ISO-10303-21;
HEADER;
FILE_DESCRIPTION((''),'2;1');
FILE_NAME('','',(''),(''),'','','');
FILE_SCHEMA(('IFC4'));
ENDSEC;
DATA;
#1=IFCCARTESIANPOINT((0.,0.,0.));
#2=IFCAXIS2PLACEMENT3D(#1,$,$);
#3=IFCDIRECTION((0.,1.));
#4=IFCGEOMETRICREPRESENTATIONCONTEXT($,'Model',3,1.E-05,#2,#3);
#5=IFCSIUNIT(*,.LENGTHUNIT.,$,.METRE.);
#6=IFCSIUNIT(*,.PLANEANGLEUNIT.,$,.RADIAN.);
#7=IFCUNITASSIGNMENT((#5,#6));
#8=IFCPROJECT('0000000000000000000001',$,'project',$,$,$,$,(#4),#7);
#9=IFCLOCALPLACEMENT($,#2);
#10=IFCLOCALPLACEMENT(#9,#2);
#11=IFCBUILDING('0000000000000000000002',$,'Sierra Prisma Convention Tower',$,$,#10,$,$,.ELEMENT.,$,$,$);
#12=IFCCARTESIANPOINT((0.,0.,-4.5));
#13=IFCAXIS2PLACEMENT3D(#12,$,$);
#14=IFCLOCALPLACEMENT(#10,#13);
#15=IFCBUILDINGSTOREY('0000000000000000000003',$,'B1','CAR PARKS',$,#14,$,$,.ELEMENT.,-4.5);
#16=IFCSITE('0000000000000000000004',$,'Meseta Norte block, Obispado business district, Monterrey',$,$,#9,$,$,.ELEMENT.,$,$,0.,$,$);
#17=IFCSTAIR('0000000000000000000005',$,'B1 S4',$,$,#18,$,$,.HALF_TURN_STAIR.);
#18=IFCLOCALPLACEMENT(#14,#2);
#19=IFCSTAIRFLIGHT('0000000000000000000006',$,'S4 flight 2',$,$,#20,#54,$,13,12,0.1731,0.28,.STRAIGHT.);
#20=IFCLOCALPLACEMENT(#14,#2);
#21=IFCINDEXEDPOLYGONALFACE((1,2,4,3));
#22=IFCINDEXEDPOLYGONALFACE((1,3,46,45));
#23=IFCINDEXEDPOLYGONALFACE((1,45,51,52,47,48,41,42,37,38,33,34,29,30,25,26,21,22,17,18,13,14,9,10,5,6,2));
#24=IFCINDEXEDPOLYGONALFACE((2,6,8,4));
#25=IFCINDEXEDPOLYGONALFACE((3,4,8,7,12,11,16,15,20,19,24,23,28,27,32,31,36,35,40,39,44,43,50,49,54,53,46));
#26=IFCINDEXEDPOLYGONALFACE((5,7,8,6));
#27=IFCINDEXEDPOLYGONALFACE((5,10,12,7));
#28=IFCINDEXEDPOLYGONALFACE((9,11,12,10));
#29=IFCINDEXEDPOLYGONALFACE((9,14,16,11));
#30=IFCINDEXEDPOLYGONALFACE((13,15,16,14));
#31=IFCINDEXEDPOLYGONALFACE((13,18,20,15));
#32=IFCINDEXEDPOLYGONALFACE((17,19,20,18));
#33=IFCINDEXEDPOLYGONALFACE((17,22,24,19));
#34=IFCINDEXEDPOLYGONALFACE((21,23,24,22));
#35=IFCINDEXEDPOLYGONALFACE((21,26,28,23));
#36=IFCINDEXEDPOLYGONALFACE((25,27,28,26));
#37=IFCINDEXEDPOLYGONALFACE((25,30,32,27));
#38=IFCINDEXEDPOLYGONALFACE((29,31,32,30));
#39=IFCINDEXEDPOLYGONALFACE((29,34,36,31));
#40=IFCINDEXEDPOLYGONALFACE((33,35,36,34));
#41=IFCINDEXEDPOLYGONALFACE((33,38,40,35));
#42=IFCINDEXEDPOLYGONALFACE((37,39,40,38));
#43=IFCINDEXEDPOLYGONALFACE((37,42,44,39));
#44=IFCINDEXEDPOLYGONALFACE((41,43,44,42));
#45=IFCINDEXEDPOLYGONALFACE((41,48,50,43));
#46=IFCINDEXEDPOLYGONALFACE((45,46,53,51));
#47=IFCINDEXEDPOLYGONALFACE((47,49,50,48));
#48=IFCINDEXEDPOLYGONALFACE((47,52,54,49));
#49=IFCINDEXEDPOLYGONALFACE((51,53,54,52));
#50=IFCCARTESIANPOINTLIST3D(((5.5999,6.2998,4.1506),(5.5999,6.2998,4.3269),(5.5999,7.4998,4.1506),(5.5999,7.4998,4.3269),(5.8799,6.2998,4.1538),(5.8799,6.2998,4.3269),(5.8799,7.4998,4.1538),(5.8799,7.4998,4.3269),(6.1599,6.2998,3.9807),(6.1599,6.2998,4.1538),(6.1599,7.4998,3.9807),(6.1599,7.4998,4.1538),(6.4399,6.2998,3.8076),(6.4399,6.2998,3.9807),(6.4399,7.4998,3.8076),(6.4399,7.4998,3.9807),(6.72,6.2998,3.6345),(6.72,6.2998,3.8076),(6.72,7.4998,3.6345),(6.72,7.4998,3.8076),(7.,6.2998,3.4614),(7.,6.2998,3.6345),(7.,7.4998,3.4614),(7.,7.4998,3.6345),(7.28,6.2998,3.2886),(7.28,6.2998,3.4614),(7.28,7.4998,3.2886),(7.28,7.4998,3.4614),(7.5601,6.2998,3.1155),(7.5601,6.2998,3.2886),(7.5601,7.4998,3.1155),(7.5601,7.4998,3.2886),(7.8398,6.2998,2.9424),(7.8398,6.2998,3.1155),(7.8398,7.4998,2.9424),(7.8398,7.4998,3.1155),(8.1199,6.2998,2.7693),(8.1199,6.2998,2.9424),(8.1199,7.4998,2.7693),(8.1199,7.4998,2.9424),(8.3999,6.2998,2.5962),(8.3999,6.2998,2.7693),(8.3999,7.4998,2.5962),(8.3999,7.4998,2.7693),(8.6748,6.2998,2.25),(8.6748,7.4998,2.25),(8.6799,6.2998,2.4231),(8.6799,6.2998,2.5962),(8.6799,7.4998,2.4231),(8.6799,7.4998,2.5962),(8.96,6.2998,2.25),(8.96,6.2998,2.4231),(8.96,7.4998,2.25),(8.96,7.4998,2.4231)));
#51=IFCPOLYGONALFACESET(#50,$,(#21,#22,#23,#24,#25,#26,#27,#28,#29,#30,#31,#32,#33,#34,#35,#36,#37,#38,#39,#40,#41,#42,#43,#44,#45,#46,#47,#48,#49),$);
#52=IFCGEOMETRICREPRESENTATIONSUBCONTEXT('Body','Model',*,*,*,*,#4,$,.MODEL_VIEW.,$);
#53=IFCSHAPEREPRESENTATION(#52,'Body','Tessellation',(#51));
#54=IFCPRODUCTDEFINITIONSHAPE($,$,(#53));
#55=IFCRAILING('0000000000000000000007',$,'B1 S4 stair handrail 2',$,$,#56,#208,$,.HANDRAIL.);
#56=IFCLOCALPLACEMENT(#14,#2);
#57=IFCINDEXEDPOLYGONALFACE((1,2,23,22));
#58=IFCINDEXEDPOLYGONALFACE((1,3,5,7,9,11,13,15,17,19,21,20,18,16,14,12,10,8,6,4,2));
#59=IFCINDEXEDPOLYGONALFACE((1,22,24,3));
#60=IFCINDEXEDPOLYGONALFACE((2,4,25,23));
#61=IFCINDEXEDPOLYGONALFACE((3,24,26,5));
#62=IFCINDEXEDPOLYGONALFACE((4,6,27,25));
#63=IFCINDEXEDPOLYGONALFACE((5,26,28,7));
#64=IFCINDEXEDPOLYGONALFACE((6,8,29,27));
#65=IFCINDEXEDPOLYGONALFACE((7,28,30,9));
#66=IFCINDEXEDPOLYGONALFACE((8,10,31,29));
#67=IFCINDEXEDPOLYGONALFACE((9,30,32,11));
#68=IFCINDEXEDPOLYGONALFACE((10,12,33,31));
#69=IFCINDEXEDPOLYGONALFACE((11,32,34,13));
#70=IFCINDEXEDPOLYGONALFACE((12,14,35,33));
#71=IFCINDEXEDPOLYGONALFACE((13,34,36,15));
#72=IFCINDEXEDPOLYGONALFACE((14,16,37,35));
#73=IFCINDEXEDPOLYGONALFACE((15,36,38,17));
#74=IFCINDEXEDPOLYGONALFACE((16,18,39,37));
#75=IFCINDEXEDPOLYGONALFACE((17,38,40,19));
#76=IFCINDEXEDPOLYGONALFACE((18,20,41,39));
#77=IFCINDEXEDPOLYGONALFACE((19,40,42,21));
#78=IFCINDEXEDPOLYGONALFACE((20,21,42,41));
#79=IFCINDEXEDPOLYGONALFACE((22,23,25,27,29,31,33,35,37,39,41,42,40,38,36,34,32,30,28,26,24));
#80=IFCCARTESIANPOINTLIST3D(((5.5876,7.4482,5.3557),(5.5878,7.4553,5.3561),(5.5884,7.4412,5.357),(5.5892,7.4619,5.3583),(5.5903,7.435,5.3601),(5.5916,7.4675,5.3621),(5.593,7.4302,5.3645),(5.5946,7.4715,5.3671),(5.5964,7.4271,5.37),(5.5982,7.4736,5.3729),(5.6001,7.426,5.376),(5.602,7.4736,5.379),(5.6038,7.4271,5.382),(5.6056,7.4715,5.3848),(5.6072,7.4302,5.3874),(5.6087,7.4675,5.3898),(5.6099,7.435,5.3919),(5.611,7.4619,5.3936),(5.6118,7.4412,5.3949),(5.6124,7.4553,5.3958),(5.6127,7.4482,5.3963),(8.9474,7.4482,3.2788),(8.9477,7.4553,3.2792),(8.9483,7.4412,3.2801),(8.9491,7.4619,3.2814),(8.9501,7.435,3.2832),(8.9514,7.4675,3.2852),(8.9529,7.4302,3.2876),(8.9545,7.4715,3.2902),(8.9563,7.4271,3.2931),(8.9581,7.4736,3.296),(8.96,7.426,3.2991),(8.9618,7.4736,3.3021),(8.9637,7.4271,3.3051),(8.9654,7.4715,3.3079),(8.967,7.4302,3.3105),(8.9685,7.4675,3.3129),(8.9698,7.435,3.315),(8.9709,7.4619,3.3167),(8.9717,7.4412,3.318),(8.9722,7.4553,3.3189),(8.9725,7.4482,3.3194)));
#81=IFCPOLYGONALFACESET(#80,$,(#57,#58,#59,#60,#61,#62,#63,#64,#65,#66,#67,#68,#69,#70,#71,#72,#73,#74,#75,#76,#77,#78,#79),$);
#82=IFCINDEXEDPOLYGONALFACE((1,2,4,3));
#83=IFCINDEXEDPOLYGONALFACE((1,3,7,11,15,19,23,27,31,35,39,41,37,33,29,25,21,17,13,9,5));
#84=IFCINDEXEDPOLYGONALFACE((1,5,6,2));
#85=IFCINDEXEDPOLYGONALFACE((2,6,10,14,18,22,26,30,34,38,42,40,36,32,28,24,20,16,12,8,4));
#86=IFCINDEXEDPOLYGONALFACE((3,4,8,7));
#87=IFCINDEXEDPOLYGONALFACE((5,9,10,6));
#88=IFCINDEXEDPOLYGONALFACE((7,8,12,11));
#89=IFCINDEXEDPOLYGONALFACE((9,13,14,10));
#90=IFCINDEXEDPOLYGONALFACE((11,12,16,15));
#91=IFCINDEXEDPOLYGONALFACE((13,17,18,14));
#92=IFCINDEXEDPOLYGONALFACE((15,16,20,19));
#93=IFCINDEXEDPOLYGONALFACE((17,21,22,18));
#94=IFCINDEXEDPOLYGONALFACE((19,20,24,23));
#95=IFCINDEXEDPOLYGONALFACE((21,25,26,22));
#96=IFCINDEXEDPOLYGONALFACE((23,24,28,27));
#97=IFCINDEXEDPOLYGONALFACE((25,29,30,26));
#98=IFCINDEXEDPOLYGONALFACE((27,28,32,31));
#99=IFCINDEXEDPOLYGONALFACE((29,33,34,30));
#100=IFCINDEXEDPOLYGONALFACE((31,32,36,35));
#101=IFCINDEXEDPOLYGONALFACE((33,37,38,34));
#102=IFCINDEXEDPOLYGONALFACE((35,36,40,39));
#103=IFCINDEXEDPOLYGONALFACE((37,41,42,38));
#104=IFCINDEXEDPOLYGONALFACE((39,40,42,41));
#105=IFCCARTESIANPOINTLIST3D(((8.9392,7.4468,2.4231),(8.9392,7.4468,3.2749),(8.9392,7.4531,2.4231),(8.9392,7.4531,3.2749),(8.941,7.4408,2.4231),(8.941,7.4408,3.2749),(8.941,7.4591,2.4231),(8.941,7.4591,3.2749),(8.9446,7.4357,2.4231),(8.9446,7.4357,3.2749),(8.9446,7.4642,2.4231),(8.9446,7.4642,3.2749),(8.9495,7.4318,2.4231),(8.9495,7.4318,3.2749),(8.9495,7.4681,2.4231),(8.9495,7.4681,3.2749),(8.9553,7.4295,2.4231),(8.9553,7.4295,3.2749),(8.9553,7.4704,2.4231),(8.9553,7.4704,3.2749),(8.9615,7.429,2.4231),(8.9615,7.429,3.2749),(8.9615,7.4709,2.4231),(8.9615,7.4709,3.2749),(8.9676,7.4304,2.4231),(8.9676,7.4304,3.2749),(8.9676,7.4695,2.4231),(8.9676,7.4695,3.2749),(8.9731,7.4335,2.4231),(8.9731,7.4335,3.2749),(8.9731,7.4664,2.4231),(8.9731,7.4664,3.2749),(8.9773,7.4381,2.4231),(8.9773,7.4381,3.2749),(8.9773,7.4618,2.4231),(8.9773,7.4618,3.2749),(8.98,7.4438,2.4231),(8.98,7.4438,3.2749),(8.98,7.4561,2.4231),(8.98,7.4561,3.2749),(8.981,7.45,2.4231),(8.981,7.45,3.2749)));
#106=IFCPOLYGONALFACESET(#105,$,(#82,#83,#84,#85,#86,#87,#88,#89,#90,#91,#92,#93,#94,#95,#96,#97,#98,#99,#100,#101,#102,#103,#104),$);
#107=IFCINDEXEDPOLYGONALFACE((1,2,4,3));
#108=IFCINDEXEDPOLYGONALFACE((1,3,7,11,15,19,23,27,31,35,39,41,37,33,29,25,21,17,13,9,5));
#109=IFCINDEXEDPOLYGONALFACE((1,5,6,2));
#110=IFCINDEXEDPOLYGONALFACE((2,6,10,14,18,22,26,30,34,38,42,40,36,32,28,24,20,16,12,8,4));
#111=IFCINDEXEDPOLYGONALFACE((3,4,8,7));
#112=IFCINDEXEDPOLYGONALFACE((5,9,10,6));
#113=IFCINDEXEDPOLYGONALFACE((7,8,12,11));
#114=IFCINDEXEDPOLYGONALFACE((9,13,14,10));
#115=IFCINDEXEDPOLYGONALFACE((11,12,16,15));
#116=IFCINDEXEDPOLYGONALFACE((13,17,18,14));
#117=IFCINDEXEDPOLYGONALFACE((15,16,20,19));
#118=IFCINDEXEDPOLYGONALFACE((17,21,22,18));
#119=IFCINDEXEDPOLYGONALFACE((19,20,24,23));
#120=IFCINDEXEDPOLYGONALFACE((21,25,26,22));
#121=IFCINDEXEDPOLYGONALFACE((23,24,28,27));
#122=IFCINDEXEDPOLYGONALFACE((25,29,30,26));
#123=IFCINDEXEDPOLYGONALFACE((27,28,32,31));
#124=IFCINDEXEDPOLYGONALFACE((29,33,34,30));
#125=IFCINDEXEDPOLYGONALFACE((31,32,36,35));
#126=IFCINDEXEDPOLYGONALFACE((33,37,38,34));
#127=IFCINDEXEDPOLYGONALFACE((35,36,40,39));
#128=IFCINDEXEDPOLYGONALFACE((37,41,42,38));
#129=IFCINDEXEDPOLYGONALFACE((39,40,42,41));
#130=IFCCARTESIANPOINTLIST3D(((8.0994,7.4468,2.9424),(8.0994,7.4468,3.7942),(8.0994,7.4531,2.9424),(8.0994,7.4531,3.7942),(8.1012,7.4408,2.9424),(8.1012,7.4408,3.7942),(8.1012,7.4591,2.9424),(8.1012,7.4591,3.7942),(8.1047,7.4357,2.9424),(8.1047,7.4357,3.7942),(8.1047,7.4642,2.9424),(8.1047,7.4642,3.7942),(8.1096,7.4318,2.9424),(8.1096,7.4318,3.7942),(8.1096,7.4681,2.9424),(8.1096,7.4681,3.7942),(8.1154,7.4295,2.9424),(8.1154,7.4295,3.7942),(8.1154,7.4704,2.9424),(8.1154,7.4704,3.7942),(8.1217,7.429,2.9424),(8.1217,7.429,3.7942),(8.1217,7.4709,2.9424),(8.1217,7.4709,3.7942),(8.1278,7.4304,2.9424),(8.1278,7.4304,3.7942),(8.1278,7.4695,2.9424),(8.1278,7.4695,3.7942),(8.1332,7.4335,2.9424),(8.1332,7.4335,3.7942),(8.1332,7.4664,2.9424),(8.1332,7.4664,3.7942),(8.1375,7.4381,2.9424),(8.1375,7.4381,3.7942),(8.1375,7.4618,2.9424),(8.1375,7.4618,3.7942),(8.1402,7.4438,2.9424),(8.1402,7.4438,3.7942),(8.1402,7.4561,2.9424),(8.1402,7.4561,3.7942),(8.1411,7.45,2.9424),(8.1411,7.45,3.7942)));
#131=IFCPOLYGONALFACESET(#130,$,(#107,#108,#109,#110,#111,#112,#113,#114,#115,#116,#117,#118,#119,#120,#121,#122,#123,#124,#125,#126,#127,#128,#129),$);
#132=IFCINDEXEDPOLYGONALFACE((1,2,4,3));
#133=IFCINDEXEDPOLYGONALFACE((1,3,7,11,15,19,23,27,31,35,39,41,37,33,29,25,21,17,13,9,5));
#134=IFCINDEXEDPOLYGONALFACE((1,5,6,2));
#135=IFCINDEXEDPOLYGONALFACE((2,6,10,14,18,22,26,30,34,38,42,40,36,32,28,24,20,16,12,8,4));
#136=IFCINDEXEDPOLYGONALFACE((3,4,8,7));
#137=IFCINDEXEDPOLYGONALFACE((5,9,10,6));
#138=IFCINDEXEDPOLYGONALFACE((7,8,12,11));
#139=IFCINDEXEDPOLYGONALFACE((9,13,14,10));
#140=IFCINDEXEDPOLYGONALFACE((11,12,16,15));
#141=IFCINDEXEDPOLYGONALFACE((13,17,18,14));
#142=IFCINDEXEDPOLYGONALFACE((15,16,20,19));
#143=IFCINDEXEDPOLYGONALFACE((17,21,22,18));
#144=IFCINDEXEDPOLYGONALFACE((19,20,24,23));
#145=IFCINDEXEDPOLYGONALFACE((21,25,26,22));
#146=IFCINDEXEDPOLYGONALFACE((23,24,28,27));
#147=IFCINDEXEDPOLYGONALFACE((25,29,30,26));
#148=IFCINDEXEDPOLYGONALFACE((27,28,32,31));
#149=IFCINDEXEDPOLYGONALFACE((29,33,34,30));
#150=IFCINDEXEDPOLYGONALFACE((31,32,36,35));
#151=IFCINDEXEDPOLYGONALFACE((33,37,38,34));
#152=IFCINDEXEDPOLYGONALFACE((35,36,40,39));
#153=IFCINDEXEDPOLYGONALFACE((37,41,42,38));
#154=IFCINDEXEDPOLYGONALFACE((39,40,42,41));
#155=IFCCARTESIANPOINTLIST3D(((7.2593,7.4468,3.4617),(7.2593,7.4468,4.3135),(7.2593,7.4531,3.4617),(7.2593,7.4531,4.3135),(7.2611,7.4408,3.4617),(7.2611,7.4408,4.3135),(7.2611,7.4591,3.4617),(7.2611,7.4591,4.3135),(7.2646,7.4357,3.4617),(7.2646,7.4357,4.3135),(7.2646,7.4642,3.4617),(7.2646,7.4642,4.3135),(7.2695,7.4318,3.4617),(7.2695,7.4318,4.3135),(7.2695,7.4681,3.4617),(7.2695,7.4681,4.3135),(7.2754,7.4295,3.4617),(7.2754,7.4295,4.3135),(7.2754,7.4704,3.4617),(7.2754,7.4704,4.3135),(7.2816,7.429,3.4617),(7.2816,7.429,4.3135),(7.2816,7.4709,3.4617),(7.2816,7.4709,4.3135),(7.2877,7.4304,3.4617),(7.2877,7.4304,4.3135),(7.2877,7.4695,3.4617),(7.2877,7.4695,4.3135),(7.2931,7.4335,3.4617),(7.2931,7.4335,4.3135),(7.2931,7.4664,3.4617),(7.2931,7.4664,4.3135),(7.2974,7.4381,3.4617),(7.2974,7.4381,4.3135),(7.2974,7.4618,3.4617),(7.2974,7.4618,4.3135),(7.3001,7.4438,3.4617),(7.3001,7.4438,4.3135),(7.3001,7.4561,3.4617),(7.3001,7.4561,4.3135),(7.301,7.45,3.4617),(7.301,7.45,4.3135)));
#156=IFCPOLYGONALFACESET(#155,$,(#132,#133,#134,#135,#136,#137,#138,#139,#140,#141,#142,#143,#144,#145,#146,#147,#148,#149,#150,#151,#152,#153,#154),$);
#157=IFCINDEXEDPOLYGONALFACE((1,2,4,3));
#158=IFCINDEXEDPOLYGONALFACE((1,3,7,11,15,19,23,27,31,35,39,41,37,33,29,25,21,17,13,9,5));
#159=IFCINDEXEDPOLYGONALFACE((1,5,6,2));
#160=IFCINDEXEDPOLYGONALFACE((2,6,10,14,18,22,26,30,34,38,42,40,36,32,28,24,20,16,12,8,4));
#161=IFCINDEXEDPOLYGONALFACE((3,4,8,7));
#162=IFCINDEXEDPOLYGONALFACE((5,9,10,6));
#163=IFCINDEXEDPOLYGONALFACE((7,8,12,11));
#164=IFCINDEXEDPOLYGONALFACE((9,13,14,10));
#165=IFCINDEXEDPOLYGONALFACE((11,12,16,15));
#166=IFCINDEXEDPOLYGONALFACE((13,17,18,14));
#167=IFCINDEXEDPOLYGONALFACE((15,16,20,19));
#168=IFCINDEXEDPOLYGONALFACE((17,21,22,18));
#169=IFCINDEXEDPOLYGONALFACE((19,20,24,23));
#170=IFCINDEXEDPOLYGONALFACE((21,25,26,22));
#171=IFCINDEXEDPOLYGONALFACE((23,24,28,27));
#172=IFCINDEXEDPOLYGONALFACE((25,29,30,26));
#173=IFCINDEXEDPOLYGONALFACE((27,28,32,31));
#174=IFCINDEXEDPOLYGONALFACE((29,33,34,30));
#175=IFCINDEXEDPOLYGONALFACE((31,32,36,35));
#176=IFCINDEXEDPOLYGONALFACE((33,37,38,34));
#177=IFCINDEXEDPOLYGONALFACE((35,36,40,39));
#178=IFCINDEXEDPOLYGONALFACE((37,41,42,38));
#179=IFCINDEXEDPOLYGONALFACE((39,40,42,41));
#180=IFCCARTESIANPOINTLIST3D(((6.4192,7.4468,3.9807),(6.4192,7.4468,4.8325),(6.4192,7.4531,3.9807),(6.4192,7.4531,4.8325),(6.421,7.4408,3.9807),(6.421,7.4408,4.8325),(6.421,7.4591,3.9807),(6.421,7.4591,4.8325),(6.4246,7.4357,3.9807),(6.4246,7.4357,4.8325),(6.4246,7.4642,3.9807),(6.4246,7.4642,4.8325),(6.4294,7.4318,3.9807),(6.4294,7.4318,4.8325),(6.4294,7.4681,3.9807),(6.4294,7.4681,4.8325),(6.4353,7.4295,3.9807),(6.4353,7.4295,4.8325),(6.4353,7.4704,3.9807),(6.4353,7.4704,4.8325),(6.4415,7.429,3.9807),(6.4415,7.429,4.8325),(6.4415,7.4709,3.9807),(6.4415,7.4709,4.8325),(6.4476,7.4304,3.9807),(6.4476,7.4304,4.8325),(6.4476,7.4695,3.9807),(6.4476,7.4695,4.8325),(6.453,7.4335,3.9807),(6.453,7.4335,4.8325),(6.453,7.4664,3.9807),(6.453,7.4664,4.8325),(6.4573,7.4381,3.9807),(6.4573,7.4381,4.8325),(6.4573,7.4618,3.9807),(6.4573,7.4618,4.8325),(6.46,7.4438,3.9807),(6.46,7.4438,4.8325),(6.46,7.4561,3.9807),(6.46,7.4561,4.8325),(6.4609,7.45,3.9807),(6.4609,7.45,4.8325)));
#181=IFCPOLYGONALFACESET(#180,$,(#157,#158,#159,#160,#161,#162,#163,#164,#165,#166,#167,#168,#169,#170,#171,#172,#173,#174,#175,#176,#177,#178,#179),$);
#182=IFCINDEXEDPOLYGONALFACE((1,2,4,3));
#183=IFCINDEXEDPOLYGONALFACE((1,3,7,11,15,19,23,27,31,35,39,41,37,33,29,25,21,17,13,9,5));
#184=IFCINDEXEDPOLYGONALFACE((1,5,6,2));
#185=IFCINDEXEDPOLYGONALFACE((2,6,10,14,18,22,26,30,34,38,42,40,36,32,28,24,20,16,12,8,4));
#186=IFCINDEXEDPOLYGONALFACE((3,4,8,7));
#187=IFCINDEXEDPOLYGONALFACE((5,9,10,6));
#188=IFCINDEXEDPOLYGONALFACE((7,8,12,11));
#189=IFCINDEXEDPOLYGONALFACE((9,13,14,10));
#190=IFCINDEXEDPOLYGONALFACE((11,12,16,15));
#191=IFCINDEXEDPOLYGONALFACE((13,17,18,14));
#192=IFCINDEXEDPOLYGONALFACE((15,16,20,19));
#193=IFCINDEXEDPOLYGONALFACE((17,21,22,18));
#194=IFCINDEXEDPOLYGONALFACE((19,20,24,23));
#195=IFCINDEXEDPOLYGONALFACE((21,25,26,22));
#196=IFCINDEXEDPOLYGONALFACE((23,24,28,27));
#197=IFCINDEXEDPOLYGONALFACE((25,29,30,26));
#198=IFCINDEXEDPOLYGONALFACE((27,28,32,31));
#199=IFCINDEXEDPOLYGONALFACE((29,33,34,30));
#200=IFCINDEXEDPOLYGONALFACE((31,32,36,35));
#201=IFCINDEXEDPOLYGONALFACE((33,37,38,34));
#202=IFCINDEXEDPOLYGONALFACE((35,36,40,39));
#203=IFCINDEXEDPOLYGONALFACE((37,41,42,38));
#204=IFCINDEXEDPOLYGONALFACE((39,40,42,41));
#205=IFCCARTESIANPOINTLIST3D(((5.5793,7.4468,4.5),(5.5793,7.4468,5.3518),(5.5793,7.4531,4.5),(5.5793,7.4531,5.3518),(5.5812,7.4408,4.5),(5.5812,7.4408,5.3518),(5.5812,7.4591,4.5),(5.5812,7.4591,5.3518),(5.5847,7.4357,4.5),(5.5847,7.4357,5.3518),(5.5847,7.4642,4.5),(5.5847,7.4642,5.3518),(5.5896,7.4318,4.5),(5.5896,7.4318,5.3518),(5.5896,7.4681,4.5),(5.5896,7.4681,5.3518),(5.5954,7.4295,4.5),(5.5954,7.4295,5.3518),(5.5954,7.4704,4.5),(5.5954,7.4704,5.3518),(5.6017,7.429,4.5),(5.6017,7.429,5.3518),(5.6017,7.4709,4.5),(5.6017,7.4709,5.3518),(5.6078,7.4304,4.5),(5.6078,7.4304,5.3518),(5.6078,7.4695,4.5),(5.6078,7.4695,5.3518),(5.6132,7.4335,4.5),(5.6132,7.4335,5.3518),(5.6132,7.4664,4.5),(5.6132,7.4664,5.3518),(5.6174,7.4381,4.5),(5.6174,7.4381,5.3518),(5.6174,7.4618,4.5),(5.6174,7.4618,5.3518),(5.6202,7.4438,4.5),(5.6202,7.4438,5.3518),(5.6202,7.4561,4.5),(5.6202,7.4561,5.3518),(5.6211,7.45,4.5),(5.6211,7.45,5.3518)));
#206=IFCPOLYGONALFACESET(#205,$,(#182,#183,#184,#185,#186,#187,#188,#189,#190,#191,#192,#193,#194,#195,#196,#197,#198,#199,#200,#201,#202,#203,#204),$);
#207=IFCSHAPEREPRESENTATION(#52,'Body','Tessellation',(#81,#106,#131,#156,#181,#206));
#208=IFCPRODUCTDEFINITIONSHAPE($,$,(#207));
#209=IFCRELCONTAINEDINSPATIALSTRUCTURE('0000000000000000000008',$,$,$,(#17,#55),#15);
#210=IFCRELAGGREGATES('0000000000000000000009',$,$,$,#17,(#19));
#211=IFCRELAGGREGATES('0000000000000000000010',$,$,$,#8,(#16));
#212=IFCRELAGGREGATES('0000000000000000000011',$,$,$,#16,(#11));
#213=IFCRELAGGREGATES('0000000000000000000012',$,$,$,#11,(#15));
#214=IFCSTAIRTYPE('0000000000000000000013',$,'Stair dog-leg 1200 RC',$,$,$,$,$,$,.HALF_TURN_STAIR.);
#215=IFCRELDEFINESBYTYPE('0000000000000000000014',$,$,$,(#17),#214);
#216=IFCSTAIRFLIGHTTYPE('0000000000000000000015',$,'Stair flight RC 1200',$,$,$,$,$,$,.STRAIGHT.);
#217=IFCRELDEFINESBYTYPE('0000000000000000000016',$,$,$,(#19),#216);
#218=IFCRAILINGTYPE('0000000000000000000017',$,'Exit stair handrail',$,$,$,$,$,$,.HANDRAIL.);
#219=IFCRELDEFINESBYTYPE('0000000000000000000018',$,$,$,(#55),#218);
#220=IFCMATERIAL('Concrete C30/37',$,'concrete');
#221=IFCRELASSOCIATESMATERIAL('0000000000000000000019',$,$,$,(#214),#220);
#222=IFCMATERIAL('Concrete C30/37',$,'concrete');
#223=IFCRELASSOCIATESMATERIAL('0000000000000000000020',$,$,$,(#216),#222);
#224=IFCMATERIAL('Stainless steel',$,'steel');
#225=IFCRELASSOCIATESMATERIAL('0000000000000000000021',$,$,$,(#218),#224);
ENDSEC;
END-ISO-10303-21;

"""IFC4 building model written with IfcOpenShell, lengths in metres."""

from ifc_helpers import new_model, si_unit, direction, frame, origin, origin_2d, place, context, subcontext, project, spatial, polyline, circle, outline, extrude, material, type_object, element, aggregate, save


model = new_model("IFC4")

# Units and contexts
model_context = context("Model", 3, precision=1e-05, world=origin(), true_north=direction((0.0, 1.0)))
body_context = subcontext(model_context, "Body", "Model", "MODEL_VIEW")
ifc_project = project(units=[si_unit("LENGTHUNIT", "METRE"), si_unit("PLANEANGLEUNIT", "RADIAN")], contexts=[model_context])

# Site, building, storey
site_placement = place(None, origin())
site = spatial("IfcSite", under=ifc_project, at=site_placement, Name="Meseta Norte block, Obispado business district, Monterrey", CompositionType="ELEMENT", RefElevation=0.0)
building_placement = place(site_placement, origin())
building = spatial("IfcBuilding", under=site, at=building_placement, Name="Sierra Prisma Convention Tower", CompositionType="ELEMENT")
storey_placement = place(building_placement, frame((0.0, 0.0, -4.5)))
storey = spatial("IfcBuildingStorey", under=building, at=storey_placement, Name="B1", Description="CAR PARKS", CompositionType="ELEMENT", Elevation=-4.5)

# Stair, stair flight
ifc_material_1 = material(Name="Concrete C30/37", Category="concrete")
stair_type = type_object("IfcStairType", Name="Stair dog-leg 1200 RC", PredefinedType="HALF_TURN_STAIR", material=ifc_material_1)
stair_placement = place(storey_placement, origin())
stair = element("IfcStair", 1, at=stair_placement, inside=storey, type_object=stair_type, Name="B1 S4", PredefinedType="HALF_TURN_STAIR")
ifc_material_2 = material(Name="Concrete C30/37", Category="concrete")
stair_flight_type = type_object("IfcStairFlightType", Name="Stair flight RC 1200", PredefinedType="STRAIGHT", material=ifc_material_2)
stair_flight_placement = place(storey_placement, frame((8.96, 6.8999, 2.25), z_axis=(0.0, 0.0, 1.0), x_axis=(-1.0, 0.0, 0.0)))
stair_flight = element("IfcStairFlight", 2, at=stair_flight_placement, type_object=stair_flight_type, Name="S4 flight 2", NumberOfRisers=13, NumberOfTreads=12, PredefinedType="STRAIGHT", RiserHeight=0.1731, TreadLength=0.28, context=body_context, shape_type="SweptSolid", body=[
    extrude(outline(polyline([(0.0, 0.0), (0.0, 0.1731), (0.28, 0.1731), (0.28, 0.3462), (0.5601, 0.3462), (0.5601, 0.5193), (0.8401, 0.5193), (0.8401, 0.6924), (1.1201, 0.6924), (1.1201, 0.8655), (1.3999, 0.8655), (1.3999, 1.0386), (1.6799, 1.0386), (1.6799, 1.2114), (1.96, 1.2114), (1.96, 1.3845), (2.24, 1.3845), (2.24, 1.5576), (2.52, 1.5576), (2.52, 1.7307), (2.8, 1.7307), (2.8, 1.9038), (3.0801, 1.9038), (3.0801, 2.0769), (3.3601, 2.0769), (3.3601, 2.25), (3.3601, 1.9006), (0.2852, 0.0), (0.0, 0.0)])), frame((0.0, 0.6001, 0.0), z_axis=(0.0, -1.0, 0.0), x_axis=(1.0, 0.0, 0.0)), (0.0, 0.0, 1.0), 1.2),
])
aggregate(stair, [stair_flight])

# Railing
ifc_material_3 = material(Name="Stainless steel", Category="steel")
railing_type = type_object("IfcRailingType", Name="Exit stair handrail", PredefinedType="HANDRAIL", material=ifc_material_3)
railing_placement = place(storey_placement, frame((8.96, 7.45, 2.4231)))
element("IfcRailing", 3, at=railing_placement, inside=storey, type_object=railing_type, Name="B1 S4 stair handrail 2", PredefinedType="HANDRAIL", context=body_context, shape_type="SweptSolid", body=[
    extrude(circle(Radius=0.0239, at=origin_2d()), frame((0.0, 0.0, 0.876), z_axis=(-0.850606, 0.0, 0.525803), x_axis=(0.0, -1.0, 0.0)), (0.0, 0.0, 1.0), 3.95),
    extrude(circle(Radius=0.021, at=origin_2d()), origin(), (0.0, 0.0, 1.0), 0.8518),
    extrude(circle(Radius=0.021, at=origin_2d()), frame((-0.8398, 0.0, 0.5193)), (0.0, 0.0, 1.0), 0.8518),
    extrude(circle(Radius=0.021, at=origin_2d()), frame((-1.6799, 0.0, 1.0386)), (0.0, 0.0, 1.0), 0.8518),
    extrude(circle(Radius=0.021, at=origin_2d()), frame((-2.52, 0.0, 1.5576)), (0.0, 0.0, 1.0), 0.8518),
    extrude(circle(Radius=0.021, at=origin_2d()), frame((-3.3599, 0.0, 2.0769)), (0.0, 0.0, 1.0), 0.8518),
])

save(model, "model.ifc")
